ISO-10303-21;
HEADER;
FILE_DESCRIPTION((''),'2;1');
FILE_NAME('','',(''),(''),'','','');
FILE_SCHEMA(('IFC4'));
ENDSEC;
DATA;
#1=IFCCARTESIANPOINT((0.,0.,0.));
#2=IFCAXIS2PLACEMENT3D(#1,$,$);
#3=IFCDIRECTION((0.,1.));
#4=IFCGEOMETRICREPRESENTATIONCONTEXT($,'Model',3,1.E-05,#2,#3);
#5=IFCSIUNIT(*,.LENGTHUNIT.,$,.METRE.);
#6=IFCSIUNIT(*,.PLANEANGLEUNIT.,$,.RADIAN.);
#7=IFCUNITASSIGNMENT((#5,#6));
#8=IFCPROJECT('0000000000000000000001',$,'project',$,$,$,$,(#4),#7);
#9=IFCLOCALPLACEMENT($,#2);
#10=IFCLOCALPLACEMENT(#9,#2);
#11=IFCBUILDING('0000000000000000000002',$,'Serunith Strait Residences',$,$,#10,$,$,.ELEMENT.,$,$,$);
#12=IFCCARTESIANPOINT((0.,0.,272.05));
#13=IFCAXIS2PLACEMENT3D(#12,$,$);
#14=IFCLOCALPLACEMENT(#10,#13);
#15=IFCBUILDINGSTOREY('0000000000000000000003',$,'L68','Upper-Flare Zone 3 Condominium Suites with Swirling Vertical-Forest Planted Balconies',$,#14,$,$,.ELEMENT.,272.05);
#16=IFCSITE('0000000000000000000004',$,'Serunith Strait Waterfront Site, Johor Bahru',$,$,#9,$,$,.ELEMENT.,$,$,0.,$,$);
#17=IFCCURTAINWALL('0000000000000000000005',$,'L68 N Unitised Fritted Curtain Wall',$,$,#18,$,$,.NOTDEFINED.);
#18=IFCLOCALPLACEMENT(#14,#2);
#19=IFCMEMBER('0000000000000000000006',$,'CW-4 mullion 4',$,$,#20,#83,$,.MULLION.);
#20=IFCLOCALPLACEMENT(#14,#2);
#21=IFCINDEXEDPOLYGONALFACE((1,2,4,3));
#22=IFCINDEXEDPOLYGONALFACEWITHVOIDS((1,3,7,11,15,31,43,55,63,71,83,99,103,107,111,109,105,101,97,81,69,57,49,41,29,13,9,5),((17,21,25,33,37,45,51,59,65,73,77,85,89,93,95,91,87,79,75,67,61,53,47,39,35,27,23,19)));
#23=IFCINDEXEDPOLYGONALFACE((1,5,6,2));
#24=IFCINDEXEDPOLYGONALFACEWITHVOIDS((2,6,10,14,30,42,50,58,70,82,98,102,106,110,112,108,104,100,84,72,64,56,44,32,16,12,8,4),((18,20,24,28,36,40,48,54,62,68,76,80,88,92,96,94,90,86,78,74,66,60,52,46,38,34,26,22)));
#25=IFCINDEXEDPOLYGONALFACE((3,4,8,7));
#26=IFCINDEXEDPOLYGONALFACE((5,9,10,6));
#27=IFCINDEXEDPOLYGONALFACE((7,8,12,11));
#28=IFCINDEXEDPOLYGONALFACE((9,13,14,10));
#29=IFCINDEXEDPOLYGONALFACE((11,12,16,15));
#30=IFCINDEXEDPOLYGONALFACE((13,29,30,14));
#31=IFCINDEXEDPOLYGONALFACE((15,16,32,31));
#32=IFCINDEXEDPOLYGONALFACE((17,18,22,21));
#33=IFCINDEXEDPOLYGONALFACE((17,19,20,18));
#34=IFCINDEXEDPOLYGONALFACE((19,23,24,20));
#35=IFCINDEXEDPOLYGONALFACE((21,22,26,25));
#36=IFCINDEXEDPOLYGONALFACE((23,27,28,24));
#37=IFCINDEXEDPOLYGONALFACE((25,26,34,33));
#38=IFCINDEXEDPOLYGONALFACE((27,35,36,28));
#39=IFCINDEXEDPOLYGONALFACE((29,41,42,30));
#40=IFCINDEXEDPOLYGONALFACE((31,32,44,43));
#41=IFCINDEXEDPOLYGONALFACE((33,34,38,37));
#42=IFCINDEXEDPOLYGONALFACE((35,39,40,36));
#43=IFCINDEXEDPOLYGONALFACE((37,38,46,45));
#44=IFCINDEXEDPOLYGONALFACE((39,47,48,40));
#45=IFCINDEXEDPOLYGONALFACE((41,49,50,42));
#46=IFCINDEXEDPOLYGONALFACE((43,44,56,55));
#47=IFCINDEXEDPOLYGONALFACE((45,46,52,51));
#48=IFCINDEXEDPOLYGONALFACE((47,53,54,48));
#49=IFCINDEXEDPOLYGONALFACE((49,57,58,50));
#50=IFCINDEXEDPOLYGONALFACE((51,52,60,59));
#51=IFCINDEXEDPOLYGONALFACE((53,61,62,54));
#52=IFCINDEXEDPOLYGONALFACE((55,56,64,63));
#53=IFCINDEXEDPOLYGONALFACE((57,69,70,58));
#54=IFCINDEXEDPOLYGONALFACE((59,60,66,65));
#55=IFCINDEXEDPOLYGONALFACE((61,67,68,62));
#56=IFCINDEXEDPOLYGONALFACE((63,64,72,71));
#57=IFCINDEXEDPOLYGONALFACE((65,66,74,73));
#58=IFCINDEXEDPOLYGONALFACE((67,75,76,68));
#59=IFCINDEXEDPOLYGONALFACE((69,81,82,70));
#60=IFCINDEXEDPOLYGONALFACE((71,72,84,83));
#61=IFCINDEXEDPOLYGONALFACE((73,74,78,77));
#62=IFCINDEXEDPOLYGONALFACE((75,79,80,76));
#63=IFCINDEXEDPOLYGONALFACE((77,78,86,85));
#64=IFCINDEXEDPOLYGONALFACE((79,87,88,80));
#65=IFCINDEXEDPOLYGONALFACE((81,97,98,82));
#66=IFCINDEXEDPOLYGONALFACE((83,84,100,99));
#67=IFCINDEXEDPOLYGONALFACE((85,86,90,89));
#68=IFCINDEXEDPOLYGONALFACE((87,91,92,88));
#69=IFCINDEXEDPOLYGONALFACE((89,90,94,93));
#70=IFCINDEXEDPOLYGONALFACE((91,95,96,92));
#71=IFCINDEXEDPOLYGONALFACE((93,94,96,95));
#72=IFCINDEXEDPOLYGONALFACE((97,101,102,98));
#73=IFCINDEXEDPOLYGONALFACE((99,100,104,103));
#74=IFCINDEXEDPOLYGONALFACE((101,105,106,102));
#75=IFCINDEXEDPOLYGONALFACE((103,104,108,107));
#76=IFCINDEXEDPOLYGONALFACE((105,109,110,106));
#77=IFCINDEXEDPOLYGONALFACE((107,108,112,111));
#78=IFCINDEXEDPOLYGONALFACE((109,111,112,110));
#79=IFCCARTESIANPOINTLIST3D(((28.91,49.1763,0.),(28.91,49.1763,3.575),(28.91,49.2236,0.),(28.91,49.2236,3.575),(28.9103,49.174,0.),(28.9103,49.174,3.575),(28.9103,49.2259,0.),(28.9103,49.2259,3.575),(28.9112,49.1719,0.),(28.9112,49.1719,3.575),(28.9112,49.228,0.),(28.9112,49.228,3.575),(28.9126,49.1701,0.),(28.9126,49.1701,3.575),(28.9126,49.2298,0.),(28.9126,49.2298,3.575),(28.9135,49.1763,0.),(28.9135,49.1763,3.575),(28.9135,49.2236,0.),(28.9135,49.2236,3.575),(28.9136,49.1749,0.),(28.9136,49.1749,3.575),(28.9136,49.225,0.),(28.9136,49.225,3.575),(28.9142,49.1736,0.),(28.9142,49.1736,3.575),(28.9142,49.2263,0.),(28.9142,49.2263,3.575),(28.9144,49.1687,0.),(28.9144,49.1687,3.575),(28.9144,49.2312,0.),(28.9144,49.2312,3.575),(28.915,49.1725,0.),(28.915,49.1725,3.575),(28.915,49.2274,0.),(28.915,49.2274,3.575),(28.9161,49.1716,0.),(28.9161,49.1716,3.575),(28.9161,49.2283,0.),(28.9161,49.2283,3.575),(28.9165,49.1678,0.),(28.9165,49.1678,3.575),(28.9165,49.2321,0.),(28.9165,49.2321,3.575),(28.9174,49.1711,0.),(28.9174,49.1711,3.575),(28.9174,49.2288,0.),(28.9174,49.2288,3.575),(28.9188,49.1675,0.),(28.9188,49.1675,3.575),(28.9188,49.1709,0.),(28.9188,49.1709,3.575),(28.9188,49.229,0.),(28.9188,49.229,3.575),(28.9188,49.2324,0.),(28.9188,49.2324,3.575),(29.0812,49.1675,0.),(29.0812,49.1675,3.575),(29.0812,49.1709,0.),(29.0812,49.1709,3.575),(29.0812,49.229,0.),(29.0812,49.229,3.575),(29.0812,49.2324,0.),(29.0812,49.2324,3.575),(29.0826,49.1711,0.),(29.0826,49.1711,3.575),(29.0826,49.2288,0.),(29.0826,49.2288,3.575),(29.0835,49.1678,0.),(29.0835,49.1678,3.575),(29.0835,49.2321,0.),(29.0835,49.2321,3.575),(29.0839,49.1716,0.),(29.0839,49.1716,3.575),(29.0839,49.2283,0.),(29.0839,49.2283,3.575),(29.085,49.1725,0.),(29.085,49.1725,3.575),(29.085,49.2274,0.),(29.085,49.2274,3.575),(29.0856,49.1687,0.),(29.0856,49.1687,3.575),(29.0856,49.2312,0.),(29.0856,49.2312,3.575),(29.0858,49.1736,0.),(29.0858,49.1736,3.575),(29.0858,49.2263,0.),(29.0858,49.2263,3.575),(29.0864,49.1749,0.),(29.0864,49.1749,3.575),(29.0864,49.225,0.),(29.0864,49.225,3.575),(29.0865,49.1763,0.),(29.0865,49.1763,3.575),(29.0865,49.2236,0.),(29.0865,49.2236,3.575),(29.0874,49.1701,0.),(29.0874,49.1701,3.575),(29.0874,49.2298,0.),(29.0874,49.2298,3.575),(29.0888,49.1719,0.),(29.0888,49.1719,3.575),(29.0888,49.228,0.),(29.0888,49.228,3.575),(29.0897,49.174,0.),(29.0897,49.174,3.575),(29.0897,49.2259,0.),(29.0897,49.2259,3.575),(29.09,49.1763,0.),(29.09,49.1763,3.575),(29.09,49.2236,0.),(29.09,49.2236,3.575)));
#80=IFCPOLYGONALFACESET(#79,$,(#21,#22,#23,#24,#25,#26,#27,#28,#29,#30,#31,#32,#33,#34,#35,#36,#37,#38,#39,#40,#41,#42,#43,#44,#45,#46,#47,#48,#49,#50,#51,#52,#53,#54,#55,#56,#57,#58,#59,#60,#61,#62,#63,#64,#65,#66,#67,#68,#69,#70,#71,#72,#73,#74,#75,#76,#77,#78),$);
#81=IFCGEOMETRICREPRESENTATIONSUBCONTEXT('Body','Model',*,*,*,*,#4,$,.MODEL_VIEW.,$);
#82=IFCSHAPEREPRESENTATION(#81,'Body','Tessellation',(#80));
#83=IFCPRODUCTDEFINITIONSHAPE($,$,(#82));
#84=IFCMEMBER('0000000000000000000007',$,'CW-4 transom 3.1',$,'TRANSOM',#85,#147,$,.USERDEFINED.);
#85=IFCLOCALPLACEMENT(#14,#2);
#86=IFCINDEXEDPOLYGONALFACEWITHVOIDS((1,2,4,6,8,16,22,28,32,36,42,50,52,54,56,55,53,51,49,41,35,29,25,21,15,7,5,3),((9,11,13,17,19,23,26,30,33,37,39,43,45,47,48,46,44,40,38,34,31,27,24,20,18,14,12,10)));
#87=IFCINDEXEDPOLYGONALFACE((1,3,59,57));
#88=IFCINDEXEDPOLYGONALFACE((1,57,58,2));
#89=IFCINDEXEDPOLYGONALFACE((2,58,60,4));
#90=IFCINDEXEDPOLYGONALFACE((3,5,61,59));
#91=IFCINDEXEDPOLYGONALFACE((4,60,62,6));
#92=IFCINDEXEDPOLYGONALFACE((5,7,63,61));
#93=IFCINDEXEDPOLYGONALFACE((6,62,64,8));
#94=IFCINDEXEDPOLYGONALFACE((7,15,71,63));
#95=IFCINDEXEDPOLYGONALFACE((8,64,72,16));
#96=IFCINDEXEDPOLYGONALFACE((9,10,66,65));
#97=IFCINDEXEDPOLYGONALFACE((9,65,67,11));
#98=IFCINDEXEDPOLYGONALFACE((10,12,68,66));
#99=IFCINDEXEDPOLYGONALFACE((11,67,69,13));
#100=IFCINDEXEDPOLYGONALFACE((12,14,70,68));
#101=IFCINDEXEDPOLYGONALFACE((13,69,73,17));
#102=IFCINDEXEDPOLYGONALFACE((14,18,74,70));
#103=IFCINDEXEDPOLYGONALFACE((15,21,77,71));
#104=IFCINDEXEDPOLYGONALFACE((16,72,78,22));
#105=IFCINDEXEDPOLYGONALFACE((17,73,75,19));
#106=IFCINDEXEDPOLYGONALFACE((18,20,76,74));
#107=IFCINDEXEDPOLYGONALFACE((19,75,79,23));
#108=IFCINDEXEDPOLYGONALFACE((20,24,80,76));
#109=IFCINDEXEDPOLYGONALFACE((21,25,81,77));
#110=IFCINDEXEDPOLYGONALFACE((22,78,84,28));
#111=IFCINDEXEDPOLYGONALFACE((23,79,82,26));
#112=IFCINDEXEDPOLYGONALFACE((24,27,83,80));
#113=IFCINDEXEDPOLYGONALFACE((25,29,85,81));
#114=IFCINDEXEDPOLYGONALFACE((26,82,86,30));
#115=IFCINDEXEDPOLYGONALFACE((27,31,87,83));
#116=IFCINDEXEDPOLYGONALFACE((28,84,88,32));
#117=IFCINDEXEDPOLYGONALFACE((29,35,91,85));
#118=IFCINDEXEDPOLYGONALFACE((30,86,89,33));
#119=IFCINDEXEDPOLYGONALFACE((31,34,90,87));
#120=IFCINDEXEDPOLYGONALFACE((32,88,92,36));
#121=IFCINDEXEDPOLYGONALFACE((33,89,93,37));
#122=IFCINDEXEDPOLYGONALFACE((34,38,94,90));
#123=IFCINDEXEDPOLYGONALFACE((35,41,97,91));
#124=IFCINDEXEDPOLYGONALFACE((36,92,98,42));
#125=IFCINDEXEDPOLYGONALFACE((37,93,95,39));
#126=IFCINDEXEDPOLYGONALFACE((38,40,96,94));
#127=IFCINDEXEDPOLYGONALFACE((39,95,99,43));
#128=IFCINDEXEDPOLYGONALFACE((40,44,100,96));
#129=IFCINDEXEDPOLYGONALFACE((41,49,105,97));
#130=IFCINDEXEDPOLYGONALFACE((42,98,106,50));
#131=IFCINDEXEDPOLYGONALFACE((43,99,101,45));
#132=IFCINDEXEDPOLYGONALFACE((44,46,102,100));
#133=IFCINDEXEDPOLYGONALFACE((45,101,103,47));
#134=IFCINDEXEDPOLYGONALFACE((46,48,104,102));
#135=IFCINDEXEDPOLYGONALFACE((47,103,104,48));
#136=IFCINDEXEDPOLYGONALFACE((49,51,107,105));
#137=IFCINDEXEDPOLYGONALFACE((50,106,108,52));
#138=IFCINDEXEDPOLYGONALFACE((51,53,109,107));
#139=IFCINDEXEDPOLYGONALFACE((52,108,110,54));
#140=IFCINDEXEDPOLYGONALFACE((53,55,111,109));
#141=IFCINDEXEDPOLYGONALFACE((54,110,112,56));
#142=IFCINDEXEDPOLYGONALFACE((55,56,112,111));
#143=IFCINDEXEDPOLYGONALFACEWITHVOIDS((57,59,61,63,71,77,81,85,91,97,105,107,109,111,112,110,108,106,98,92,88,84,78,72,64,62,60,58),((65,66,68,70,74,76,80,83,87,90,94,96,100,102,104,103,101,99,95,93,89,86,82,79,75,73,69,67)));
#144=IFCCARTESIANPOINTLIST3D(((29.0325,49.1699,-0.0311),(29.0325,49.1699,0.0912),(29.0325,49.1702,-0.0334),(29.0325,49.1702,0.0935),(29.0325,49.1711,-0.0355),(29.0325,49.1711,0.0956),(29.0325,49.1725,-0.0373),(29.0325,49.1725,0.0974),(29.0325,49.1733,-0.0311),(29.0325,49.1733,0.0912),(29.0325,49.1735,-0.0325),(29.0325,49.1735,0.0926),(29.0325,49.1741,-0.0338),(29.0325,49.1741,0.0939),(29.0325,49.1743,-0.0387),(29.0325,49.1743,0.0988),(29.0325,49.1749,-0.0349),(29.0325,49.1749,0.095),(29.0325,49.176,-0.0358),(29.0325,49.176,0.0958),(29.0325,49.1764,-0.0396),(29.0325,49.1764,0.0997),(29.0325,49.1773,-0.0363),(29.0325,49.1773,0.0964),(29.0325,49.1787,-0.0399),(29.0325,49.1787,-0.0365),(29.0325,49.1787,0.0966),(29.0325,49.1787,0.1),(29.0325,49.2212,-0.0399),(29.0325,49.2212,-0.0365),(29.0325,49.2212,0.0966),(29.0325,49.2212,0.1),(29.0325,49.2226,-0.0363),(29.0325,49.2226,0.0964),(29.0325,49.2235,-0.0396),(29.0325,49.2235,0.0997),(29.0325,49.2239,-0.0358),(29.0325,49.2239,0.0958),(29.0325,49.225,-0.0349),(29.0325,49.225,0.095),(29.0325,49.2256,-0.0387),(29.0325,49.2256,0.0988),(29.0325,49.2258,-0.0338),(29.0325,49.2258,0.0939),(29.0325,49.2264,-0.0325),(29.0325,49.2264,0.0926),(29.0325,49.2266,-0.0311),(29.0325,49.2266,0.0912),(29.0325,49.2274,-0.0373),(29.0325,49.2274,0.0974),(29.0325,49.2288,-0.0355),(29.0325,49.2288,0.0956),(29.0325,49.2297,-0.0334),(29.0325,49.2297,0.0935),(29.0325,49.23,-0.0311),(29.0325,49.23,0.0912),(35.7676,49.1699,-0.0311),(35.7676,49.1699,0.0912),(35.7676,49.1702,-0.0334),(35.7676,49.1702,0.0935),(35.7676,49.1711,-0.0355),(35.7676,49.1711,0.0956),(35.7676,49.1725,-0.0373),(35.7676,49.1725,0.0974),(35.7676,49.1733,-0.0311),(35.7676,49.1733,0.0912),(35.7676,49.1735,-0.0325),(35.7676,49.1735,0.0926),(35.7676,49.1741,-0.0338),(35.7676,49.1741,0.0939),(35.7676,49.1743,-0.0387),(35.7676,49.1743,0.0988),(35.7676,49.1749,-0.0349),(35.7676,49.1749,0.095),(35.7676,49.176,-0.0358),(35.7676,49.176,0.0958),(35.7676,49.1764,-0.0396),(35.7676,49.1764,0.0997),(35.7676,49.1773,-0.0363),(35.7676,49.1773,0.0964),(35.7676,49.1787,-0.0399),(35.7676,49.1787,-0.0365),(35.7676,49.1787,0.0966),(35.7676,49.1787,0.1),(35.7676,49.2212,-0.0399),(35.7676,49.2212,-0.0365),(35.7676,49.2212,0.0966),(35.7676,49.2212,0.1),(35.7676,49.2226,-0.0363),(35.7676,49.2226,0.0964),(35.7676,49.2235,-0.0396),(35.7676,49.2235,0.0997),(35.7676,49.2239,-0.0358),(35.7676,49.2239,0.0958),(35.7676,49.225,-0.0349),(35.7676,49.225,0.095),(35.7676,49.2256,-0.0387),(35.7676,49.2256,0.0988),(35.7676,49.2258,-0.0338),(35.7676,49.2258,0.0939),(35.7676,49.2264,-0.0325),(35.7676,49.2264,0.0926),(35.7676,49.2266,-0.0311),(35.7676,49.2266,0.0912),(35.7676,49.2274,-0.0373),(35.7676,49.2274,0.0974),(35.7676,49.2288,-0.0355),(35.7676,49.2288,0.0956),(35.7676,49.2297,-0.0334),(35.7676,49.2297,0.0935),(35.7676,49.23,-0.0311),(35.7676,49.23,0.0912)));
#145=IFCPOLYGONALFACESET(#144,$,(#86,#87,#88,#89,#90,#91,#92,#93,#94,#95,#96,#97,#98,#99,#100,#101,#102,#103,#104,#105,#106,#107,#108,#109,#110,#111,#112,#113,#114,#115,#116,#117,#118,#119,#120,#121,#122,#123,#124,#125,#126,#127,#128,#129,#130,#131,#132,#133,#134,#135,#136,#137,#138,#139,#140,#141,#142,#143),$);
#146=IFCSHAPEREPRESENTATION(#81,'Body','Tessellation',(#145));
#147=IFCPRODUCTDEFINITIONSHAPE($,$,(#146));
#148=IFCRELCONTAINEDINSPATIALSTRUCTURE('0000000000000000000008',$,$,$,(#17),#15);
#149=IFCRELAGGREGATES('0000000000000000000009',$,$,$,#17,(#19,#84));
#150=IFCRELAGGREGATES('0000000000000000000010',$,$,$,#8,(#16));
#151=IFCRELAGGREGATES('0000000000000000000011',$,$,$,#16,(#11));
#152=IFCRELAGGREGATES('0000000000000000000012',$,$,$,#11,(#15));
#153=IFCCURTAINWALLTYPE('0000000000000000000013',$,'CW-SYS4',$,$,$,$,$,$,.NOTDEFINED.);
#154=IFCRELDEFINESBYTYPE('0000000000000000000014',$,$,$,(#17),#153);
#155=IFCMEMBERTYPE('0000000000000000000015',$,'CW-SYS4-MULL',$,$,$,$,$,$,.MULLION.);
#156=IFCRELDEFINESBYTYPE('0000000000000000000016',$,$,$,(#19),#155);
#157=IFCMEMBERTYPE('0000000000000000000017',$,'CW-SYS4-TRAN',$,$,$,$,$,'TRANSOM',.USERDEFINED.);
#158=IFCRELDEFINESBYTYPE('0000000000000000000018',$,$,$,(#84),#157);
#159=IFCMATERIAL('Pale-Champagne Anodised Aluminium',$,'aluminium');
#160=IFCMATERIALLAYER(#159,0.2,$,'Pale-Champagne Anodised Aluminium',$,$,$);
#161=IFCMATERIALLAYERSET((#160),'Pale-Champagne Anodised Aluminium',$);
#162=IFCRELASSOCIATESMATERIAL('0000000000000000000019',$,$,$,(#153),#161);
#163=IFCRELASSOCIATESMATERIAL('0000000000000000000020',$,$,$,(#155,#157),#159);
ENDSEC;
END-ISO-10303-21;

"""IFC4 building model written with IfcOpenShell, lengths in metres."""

from ifc_helpers import new_model, si_unit, direction, frame, origin, origin_2d, place, context, subcontext, project, spatial, hollow_rectangle, extrude, source, transform, mapped, material, layer, layer_set, material_profile, profile_set, type_object, element, aggregate, save


model = new_model("IFC4")

# Units and contexts
model_context = context("Model", 3, precision=1e-05, world=origin(), true_north=direction((0.0, 1.0)))
body_context = subcontext(model_context, "Body", "Model", "MODEL_VIEW")
ifc_project = project(units=[si_unit("LENGTHUNIT", "METRE"), si_unit("PLANEANGLEUNIT", "RADIAN")], contexts=[model_context])

# Site, building, storey
site_placement = place(None, origin())
site = spatial("IfcSite", under=ifc_project, at=site_placement, Name="Serunith Strait Waterfront Site, Johor Bahru", CompositionType="ELEMENT", RefElevation=0.0)
building_placement = place(site_placement, origin())
building = spatial("IfcBuilding", under=site, at=building_placement, Name="Serunith Strait Residences", CompositionType="ELEMENT")
storey_placement = place(building_placement, frame((0.0, 0.0, 272.05)))
storey = spatial("IfcBuildingStorey", under=building, at=storey_placement, Name="L68", Description="Upper-Flare Zone 3 Condominium Suites with Swirling Vertical-Forest Planted Balconies", CompositionType="ELEMENT", Elevation=272.05)

# Curtain wall, members
ifc_material_1 = material(Name="Pale-Champagne Anodised Aluminium", Category="aluminium")
ifc_layer_1 = layer(ifc_material_1, 0.2, Name="Pale-Champagne Anodised Aluminium")
ifc_layer_set_1 = layer_set([ifc_layer_1], Name="Pale-Champagne Anodised Aluminium")
curtain_wall_type = type_object("IfcCurtainWallType", Name="CW-SYS4", PredefinedType="NOTDEFINED", material=ifc_layer_set_1)
curtain_wall_placement = place(storey_placement, origin())
curtain_wall = element("IfcCurtainWall", 1, at=curtain_wall_placement, inside=storey, type_object=curtain_wall_type, Name="L68 N Unitised Fritted Curtain Wall", PredefinedType="NOTDEFINED")
ifc_material_profile_1 = material_profile(ifc_material_1, hollow_rectangle(XDim=0.0649, YDim=0.1799, WallThickness=0.0034, InnerFilletRadius=0.0054, OuterFilletRadius=0.0088, at=origin_2d()), Name="ALU 180x65x3.5")
ifc_profile_set_1 = profile_set([ifc_material_profile_1], Name="Pale-Champagne Anodised Aluminium")
member_type_1 = type_object("IfcMemberType", Name="CW-SYS4-MULL", PredefinedType="MULLION", material=ifc_profile_set_1)
shared_shape_1 = source(origin(), body_context, "Body", "SweptSolid", [
    extrude(hollow_rectangle(XDim=0.0649, YDim=0.1799, WallThickness=0.0034, InnerFilletRadius=0.0054, OuterFilletRadius=0.0088, at=origin_2d()), origin(), (0.0, 0.0, 1.0), 3.575),
])
member_1_placement = place(storey_placement, frame((29.0, 49.2, 0.0), z_axis=(0.0, 0.0, 1.0), x_axis=(0.0, -1.0, 0.0)))
member_1 = element("IfcMember", 2, at=member_1_placement, type_object=member_type_1, Name="CW-4 mullion 4", PredefinedType="MULLION", context=body_context, shape_type="MappedRepresentation", body=[
    mapped(shared_shape_1, transform((0.0, 0.0, 0.0), scale=1.0)),
])
ifc_material_profile_2 = material_profile(ifc_material_1, hollow_rectangle(XDim=0.0601, YDim=0.1399, WallThickness=0.0034, InnerFilletRadius=0.0054, OuterFilletRadius=0.0088, at=origin_2d()), Name="ALU 140x60x3.5")
ifc_profile_set_2 = profile_set([ifc_material_profile_2], Name="Pale-Champagne Anodised Aluminium")
member_type_2 = type_object("IfcMemberType", Name="CW-SYS4-TRAN", ElementType="TRANSOM", PredefinedType="USERDEFINED", material=ifc_profile_set_2)
shared_shape_2 = source(origin(), body_context, "Body", "SweptSolid", [
    extrude(hollow_rectangle(XDim=0.0601, YDim=0.1399, WallThickness=0.0034, InnerFilletRadius=0.0054, OuterFilletRadius=0.0088, at=origin_2d()), origin(), (0.0, 0.0, 1.0), 6.7351),
])
member_2_placement = place(storey_placement, frame((35.7676, 49.2, 0.03), z_axis=(-1.0, 0.0, 0.0), x_axis=(0.0, -1.0, 0.0)))
member_2 = element("IfcMember", 3, at=member_2_placement, type_object=member_type_2, Name="CW-4 transom 3.1", ObjectType="TRANSOM", PredefinedType="USERDEFINED", context=body_context, shape_type="MappedRepresentation", body=[
    mapped(shared_shape_2, transform((0.0, 0.0, 0.0), scale=1.0)),
])
aggregate(curtain_wall, [member_1, member_2])

save(model, "model.ifc")
